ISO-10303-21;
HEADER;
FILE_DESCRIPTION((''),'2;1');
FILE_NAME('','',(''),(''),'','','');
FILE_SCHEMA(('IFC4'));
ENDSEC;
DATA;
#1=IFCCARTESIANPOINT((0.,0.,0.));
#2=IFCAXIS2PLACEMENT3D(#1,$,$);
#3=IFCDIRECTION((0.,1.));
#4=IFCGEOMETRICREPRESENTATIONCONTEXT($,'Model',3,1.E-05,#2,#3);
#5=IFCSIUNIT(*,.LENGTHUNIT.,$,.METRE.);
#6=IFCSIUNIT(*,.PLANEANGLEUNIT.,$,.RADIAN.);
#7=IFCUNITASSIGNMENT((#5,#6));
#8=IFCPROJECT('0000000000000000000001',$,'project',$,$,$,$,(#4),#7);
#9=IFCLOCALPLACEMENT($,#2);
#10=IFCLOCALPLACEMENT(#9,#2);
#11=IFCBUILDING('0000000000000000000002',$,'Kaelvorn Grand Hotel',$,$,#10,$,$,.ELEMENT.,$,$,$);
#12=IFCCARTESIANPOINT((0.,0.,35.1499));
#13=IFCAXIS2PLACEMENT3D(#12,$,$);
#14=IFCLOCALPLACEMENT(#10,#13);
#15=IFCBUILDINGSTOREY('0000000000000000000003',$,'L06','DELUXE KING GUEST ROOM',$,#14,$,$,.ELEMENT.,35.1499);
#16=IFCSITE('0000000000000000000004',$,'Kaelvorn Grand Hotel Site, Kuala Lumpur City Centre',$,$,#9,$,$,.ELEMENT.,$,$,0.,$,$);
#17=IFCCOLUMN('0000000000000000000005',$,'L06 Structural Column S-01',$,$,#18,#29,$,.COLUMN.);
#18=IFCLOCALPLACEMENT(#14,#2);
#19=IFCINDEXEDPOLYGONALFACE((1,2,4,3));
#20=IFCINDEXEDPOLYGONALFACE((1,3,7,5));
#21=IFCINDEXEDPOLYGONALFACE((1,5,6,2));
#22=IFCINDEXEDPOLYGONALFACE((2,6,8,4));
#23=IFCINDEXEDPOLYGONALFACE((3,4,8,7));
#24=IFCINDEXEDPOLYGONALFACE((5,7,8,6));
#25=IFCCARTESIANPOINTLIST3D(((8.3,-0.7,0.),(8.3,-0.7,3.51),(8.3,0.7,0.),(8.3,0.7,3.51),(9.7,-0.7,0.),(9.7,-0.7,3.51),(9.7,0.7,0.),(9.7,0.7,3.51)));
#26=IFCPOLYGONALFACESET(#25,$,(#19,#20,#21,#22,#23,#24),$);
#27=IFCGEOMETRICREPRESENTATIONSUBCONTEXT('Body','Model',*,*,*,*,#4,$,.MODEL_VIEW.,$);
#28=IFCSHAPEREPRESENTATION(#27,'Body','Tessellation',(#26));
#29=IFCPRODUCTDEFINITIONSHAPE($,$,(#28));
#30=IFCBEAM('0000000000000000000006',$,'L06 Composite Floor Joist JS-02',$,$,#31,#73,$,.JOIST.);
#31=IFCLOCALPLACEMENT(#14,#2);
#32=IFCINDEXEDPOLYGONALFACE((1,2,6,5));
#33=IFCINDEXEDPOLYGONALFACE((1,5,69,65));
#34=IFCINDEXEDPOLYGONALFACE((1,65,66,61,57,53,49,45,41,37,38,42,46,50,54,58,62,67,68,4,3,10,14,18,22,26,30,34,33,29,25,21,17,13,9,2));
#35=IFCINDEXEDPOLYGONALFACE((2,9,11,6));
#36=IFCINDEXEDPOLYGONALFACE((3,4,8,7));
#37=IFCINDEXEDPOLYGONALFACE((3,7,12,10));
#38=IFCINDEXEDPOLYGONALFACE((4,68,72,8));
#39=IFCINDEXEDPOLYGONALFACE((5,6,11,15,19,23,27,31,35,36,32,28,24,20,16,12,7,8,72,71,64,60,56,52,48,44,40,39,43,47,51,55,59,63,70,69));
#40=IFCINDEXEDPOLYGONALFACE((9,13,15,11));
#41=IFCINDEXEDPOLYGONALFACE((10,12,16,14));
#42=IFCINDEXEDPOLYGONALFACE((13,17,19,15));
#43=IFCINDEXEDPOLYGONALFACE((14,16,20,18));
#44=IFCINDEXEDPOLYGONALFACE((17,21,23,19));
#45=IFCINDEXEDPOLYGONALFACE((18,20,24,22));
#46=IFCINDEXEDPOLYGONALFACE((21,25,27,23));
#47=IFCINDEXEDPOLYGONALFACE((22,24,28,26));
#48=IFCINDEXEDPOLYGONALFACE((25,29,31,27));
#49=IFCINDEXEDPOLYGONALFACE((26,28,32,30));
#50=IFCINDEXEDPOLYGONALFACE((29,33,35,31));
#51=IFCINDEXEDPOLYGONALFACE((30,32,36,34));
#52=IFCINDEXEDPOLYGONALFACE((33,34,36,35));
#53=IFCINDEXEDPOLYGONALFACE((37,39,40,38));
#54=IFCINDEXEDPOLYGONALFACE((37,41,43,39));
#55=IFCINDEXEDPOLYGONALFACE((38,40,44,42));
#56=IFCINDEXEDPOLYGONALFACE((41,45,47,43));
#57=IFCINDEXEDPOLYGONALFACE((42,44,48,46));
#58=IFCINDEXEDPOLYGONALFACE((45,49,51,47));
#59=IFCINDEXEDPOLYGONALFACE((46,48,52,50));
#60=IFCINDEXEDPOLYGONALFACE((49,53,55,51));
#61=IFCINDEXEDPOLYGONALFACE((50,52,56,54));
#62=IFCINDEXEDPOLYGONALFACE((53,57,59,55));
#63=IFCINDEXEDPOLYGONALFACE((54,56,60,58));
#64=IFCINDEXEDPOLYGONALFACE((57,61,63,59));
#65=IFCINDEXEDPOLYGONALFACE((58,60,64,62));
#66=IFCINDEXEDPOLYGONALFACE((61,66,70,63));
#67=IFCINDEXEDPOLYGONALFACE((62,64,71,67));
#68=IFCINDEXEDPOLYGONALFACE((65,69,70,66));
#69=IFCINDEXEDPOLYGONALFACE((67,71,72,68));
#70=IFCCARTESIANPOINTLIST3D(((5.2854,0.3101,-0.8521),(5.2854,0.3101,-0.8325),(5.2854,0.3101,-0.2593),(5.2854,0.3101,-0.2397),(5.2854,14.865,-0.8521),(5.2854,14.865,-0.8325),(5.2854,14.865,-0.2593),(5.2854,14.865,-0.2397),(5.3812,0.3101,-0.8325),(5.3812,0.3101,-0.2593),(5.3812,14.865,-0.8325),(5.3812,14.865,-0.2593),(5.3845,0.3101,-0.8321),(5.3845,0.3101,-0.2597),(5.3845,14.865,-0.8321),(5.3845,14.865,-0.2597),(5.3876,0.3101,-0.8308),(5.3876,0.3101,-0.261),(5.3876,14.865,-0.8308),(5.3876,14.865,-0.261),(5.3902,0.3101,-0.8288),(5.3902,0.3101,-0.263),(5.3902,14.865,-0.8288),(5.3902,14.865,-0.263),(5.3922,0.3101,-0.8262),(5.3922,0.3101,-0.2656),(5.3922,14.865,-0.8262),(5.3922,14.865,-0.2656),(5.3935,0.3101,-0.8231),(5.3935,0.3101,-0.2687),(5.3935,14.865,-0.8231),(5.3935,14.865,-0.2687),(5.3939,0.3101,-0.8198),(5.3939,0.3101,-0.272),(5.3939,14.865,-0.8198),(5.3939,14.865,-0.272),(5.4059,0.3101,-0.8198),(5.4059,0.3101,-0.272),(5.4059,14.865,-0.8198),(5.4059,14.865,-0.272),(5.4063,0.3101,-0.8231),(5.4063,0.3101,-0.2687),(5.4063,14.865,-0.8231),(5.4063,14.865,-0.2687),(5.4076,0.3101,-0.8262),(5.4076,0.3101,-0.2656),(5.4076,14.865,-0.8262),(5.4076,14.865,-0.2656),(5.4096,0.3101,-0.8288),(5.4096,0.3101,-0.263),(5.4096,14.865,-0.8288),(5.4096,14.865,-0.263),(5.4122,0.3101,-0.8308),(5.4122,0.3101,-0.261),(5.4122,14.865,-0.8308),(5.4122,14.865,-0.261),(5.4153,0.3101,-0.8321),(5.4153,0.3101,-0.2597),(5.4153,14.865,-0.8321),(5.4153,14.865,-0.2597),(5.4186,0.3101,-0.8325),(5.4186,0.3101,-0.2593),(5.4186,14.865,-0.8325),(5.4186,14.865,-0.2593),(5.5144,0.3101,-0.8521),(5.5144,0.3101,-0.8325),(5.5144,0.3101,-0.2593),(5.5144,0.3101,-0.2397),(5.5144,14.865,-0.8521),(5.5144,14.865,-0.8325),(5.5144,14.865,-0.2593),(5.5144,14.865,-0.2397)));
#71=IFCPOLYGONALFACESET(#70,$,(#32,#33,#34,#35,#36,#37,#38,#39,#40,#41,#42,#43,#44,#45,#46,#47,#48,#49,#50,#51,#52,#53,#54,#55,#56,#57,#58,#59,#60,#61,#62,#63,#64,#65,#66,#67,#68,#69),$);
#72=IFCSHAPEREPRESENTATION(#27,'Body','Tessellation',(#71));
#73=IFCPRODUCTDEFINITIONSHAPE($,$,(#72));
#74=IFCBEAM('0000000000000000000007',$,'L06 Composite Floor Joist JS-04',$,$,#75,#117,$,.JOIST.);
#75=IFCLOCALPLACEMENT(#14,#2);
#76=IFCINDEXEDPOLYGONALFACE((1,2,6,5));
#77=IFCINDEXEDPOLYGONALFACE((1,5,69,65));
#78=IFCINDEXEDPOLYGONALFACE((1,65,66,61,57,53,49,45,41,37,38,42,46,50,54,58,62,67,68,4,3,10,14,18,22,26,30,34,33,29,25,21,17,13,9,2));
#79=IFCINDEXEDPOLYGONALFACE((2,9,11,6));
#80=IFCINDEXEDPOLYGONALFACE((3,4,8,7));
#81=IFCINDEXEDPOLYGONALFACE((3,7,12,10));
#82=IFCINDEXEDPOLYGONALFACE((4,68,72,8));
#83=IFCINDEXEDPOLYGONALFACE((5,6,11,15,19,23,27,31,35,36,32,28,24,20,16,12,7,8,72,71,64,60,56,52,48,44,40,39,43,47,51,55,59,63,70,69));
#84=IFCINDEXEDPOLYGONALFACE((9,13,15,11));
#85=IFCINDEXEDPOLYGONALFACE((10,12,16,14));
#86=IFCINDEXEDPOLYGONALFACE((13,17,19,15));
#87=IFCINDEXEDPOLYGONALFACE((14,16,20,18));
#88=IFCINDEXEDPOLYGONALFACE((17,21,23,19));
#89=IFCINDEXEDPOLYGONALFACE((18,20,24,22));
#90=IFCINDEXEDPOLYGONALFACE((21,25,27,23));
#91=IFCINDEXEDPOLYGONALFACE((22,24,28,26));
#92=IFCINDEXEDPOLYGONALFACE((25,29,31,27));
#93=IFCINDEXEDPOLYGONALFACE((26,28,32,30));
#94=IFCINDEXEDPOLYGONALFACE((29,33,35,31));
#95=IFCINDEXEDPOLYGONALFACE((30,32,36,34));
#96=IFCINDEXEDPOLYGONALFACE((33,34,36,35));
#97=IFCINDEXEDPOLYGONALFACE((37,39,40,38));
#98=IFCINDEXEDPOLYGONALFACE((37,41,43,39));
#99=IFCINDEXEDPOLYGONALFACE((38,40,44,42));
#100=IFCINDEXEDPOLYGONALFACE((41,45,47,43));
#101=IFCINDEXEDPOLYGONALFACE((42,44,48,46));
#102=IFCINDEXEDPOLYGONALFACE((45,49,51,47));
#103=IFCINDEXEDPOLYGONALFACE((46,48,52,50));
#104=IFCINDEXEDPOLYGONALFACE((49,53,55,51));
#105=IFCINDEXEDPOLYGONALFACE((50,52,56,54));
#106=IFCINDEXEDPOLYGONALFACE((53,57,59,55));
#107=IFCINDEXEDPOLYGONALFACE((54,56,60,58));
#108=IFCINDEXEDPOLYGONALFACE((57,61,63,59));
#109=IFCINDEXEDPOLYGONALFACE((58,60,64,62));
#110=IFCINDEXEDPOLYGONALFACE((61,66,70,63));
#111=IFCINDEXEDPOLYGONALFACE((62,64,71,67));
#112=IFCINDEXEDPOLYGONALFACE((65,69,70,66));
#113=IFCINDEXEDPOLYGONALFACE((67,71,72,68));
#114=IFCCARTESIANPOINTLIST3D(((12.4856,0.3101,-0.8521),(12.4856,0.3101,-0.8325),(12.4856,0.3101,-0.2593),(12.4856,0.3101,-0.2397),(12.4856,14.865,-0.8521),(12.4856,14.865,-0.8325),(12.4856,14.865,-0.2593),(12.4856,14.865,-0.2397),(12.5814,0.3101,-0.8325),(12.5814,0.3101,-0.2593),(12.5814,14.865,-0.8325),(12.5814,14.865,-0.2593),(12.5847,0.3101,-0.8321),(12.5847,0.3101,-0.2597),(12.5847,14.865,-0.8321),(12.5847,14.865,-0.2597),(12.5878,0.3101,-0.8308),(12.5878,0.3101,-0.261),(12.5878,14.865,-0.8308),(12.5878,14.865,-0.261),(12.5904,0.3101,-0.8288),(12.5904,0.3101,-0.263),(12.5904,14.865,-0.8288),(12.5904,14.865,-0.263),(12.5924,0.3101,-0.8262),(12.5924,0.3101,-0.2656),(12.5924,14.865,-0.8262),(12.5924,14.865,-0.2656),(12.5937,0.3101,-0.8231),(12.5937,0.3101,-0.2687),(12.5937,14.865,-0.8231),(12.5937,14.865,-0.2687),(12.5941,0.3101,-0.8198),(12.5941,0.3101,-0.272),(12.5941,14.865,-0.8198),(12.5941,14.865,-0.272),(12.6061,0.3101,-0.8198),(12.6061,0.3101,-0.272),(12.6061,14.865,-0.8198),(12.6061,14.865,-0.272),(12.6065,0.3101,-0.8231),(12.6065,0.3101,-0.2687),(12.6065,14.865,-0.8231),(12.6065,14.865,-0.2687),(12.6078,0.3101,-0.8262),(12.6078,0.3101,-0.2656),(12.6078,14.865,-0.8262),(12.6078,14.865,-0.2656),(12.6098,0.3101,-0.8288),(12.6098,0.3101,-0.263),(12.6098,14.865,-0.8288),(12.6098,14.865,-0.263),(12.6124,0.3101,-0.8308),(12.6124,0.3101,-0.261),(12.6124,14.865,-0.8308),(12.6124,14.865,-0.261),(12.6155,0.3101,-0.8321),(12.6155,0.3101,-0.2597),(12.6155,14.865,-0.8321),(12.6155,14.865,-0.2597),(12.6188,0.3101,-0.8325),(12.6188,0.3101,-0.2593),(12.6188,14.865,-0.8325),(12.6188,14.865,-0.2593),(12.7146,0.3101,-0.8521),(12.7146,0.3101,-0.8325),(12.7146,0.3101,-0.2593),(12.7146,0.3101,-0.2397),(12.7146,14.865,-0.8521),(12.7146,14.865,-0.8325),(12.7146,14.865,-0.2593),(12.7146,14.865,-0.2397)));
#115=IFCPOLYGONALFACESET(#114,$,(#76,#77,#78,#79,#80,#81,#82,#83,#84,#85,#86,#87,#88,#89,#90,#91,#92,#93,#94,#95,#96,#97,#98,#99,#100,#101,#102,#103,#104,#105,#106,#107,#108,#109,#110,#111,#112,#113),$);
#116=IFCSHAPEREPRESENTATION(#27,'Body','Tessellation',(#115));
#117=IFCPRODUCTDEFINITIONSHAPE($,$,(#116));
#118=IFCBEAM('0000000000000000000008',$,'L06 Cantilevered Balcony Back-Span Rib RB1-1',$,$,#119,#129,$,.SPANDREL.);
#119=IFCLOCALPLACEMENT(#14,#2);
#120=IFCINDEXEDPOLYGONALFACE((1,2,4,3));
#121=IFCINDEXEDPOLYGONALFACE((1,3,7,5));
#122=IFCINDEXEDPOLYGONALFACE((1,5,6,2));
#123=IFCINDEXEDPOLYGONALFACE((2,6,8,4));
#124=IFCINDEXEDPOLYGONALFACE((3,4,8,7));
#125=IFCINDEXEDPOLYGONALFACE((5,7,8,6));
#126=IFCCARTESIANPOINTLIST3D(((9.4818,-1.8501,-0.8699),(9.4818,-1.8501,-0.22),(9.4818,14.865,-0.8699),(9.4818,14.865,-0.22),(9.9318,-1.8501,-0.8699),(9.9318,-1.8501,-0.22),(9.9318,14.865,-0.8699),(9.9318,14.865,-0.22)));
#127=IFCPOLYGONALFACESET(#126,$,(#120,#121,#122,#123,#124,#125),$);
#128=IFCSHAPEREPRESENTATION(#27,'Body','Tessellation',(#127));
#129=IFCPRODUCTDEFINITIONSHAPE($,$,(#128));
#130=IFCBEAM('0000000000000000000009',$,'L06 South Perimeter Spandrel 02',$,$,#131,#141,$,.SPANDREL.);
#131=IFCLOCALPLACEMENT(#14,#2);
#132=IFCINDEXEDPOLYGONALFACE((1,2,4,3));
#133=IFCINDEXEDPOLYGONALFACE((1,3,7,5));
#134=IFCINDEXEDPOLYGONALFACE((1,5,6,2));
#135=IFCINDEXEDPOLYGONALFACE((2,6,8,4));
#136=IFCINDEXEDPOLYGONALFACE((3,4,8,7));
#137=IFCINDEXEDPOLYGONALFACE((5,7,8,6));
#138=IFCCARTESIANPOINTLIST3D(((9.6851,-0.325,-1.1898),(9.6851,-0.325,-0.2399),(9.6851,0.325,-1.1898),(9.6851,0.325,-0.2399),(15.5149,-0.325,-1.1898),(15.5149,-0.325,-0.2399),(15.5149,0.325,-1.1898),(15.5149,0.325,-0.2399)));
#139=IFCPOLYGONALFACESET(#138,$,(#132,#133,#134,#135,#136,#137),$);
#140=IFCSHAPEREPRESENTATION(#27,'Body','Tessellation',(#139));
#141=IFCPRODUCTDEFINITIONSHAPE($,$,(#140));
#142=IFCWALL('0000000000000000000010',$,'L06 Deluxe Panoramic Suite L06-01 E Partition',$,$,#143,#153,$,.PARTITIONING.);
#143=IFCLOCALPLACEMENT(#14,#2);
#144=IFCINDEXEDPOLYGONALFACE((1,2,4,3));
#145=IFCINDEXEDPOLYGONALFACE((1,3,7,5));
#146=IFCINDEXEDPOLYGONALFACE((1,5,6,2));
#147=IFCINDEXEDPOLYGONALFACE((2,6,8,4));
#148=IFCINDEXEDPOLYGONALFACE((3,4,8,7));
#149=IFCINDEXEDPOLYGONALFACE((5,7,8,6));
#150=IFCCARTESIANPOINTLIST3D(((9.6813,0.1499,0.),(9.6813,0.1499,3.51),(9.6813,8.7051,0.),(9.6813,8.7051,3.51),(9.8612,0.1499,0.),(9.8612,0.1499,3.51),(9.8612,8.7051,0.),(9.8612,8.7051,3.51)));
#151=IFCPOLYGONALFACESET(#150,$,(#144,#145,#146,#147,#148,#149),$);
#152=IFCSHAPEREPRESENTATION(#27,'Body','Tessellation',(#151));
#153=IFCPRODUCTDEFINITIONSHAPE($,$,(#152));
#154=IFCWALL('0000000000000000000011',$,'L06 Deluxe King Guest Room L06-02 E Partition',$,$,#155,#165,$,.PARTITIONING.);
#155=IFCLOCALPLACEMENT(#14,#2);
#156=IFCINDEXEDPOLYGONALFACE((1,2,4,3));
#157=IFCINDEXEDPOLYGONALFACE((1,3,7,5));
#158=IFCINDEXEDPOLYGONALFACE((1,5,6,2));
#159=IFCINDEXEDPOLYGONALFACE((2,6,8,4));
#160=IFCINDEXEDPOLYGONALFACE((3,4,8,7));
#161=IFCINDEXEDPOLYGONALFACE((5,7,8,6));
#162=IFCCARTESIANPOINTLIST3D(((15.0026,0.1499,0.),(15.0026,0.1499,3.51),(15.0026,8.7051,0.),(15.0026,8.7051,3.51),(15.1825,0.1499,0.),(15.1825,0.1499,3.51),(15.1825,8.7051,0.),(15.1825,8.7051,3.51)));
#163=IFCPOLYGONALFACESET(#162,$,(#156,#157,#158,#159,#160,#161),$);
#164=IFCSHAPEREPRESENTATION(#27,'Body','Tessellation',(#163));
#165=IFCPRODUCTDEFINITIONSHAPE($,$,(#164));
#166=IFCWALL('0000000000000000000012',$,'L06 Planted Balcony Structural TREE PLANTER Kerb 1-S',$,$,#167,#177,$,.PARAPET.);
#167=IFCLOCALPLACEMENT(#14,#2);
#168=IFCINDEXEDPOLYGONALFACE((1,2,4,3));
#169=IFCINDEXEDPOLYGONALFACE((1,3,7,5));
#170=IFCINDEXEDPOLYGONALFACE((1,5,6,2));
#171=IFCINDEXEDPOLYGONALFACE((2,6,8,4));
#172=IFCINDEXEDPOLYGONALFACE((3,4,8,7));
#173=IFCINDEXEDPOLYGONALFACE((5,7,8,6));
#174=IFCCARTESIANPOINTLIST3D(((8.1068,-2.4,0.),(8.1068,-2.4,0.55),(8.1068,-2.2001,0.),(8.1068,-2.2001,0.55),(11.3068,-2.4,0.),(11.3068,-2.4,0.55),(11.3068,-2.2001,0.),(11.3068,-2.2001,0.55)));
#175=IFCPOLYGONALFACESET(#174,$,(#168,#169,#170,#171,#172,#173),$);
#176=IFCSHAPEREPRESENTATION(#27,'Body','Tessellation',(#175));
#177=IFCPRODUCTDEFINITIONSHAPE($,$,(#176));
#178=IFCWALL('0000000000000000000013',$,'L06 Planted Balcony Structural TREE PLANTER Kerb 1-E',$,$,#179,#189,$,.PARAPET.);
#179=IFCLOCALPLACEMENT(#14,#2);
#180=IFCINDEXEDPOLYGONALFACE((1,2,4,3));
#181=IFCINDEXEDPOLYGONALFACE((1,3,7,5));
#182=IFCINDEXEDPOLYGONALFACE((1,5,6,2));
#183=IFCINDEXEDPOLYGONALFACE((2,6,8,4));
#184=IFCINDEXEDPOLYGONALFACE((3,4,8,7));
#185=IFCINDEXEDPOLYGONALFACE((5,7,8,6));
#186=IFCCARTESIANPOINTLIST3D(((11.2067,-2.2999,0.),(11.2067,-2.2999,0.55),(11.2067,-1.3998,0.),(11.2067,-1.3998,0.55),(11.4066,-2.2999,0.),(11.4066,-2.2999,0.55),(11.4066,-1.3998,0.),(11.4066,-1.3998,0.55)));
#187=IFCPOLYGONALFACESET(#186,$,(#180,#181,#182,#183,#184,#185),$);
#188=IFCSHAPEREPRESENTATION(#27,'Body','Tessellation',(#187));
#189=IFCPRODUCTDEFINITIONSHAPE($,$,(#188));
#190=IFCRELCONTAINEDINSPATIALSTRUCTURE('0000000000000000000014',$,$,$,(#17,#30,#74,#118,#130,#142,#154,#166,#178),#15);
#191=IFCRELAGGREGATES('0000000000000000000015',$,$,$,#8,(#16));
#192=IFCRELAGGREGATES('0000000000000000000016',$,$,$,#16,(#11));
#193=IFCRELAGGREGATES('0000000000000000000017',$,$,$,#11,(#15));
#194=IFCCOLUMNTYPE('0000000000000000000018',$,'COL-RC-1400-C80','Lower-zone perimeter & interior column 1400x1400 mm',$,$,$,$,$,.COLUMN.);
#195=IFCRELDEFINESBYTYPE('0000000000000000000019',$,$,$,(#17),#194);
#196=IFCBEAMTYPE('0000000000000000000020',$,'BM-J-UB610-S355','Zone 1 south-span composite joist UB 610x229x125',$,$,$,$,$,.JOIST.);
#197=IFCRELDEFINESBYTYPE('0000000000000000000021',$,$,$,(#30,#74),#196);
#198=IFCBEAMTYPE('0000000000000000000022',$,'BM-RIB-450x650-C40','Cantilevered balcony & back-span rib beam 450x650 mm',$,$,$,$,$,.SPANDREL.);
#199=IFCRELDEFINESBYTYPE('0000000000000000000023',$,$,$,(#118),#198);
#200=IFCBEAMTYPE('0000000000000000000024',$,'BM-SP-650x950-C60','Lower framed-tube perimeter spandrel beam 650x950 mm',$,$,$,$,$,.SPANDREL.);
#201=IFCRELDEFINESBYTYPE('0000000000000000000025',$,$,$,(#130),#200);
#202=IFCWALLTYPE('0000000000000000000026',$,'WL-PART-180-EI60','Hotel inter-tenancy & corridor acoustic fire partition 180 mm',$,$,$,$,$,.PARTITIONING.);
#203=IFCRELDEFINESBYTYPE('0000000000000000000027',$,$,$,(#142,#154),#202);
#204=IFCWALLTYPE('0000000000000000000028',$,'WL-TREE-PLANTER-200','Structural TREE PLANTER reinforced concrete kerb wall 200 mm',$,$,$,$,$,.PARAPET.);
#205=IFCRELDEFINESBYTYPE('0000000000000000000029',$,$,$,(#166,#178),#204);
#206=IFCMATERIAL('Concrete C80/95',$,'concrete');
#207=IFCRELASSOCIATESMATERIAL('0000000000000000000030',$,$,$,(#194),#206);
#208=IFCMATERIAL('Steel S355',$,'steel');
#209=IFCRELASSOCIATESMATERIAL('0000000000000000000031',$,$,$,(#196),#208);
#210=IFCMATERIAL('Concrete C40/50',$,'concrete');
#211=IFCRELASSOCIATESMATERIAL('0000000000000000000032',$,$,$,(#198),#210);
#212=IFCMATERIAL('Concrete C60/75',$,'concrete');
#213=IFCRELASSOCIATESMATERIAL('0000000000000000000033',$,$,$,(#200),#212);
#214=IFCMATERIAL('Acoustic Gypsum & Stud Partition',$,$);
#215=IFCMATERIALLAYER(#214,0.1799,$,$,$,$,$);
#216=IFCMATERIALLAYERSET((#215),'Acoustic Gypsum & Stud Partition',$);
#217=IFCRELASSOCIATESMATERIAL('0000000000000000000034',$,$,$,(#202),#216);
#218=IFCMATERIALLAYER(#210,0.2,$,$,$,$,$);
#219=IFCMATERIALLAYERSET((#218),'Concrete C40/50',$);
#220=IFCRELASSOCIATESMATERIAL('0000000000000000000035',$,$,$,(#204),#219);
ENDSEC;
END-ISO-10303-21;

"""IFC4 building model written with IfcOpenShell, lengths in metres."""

from ifc_helpers import new_model, si_unit, direction, frame, frame_2d, origin, origin_2d, place, context, subcontext, project, spatial, rectangle, i_section, extrude, material, layer, layer_set, material_profile, profile_set, type_object, element, save


model = new_model("IFC4")

# Units and contexts
model_context = context("Model", 3, precision=1e-05, world=origin(), true_north=direction((0.0, 1.0)))
body_context = subcontext(model_context, "Body", "Model", "MODEL_VIEW")
ifc_project = project(units=[si_unit("LENGTHUNIT", "METRE"), si_unit("PLANEANGLEUNIT", "RADIAN")], contexts=[model_context])

# Site, building, storey
site_placement = place(None, origin())
site = spatial("IfcSite", under=ifc_project, at=site_placement, Name="Kaelvorn Grand Hotel Site, Kuala Lumpur City Centre", CompositionType="ELEMENT", RefElevation=0.0)
building_placement = place(site_placement, origin())
building = spatial("IfcBuilding", under=site, at=building_placement, Name="Kaelvorn Grand Hotel", CompositionType="ELEMENT")
storey_placement = place(building_placement, frame((0.0, 0.0, 35.1499)))
storey = spatial("IfcBuildingStorey", under=building, at=storey_placement, Name="L06", Description="DELUXE KING GUEST ROOM", CompositionType="ELEMENT", Elevation=35.1499)

# Column
ifc_material_1 = material(Name="Concrete C80/95", Category="concrete")
ifc_material_profile_1 = material_profile(ifc_material_1, rectangle(XDim=1.3999, YDim=1.3999, at=origin_2d()), Name="RC COL 1400x1400")
ifc_profile_set_1 = profile_set([ifc_material_profile_1], Name="Concrete C80/95")
column_type = type_object("IfcColumnType", Name="COL-RC-1400-C80", Description="Lower-zone perimeter & interior column 1400x1400 mm", PredefinedType="COLUMN", material=ifc_profile_set_1)
column_placement = place(storey_placement, frame((9.0, 0.0, 0.0), z_axis=(0.0, 0.0, 1.0), x_axis=(1.0, 0.0, 0.0)))
element("IfcColumn", 1, at=column_placement, inside=storey, type_object=column_type, Name="L06 Structural Column S-01", PredefinedType="COLUMN", context=body_context, shape_type="SweptSolid", body=[
    extrude(rectangle(XDim=1.3999, YDim=1.3999, at=origin_2d()), origin(), (0.0, 0.0, 1.0), 3.51),
])

# Beams
ifc_material_2 = material(Name="Steel S355", Category="steel")
ifc_material_profile_2 = material_profile(ifc_material_2, i_section(OverallWidth=0.229, OverallDepth=0.6123, WebThickness=0.012, FlangeThickness=0.0195, FilletRadius=0.0127, at=origin_2d()), Name="UB 610x229x125")
ifc_profile_set_2 = profile_set([ifc_material_profile_2], Name="Steel S355")
beam_type_1 = type_object("IfcBeamType", Name="BM-J-UB610-S355", Description="Zone 1 south-span composite joist UB 610x229x125", PredefinedType="JOIST", material=ifc_profile_set_2)
for number, where, z_axis, x_axis, name in (
    (2, (5.3999, 0.3101, -0.5459), (0.0, 1.0, 0.0), (-1.0, 0.0, 0.0), "L06 Composite Floor Joist JS-02"),
    (3, (12.6001, 0.3101, -0.5459), (0.0, 1.0, 0.0), (-1.0, 0.0, 0.0), "L06 Composite Floor Joist JS-04"),
):
    element("IfcBeam", number, at=place(storey_placement, frame(where, z_axis=z_axis, x_axis=x_axis)), inside=storey, type_object=beam_type_1, Name=name, PredefinedType="JOIST", context=body_context, shape_type="SweptSolid", body=[
        extrude(i_section(OverallWidth=0.229, OverallDepth=0.6123, WebThickness=0.012, FlangeThickness=0.0195, FilletRadius=0.0127, at=origin_2d()), origin(), (0.0, 0.0, 1.0), 14.5549),
    ])
ifc_material_3 = material(Name="Concrete C40/50", Category="concrete")
ifc_material_profile_3 = material_profile(ifc_material_3, rectangle(XDim=0.45, YDim=0.6499, at=origin_2d()), Name="RC RIB 450x650")
ifc_profile_set_3 = profile_set([ifc_material_profile_3], Name="Concrete C40/50")
beam_type_2 = type_object("IfcBeamType", Name="BM-RIB-450x650-C40", Description="Cantilevered balcony & back-span rib beam 450x650 mm", PredefinedType="SPANDREL", material=ifc_profile_set_3)
beam_1_placement = place(storey_placement, frame((9.7068, -1.8501, -0.5449), z_axis=(0.0, 1.0, 0.0), x_axis=(-1.0, 0.0, 0.0)))
element("IfcBeam", 4, at=beam_1_placement, inside=storey, type_object=beam_type_2, Name="L06 Cantilevered Balcony Back-Span Rib RB1-1", PredefinedType="SPANDREL", context=body_context, shape_type="SweptSolid", body=[
    extrude(rectangle(XDim=0.45, YDim=0.6499, at=origin_2d()), origin(), (0.0, 0.0, 1.0), 16.7151),
])
ifc_material_4 = material(Name="Concrete C60/75", Category="concrete")
ifc_material_profile_4 = material_profile(ifc_material_4, rectangle(XDim=0.6499, YDim=0.95, at=origin_2d()), Name="RC SPANDREL 650x950")
ifc_profile_set_4 = profile_set([ifc_material_profile_4], Name="Concrete C60/75")
beam_type_3 = type_object("IfcBeamType", Name="BM-SP-650x950-C60", Description="Lower framed-tube perimeter spandrel beam 650x950 mm", PredefinedType="SPANDREL", material=ifc_profile_set_4)
beam_2_placement = place(storey_placement, frame((9.6851, 0.0, -0.7148), z_axis=(1.0, 0.0, 0.0), x_axis=(0.0, 1.0, 0.0)))
element("IfcBeam", 5, at=beam_2_placement, inside=storey, type_object=beam_type_3, Name="L06 South Perimeter Spandrel 02", PredefinedType="SPANDREL", context=body_context, shape_type="SweptSolid", body=[
    extrude(rectangle(XDim=0.6499, YDim=0.95, at=origin_2d()), origin(), (0.0, 0.0, 1.0), 5.8298),
])

# Walls
ifc_material_5 = material(Name="Acoustic Gypsum & Stud Partition")
ifc_layer_1 = layer(ifc_material_5, 0.1799)
ifc_layer_set_1 = layer_set([ifc_layer_1], Name="Acoustic Gypsum & Stud Partition")
wall_type_1 = type_object("IfcWallType", Name="WL-PART-180-EI60", Description="Hotel inter-tenancy & corridor acoustic fire partition 180 mm", PredefinedType="PARTITIONING", material=ifc_layer_set_1)
for number, where, z_axis, x_axis, name in (
    (6, (9.7712, 0.1499, 0.0), (0.0, 0.0, 1.0), (0.0, 1.0, 0.0), "L06 Deluxe Panoramic Suite L06-01 E Partition"),
    (7, (15.0925, 0.1499, 0.0), (0.0, 0.0, 1.0), (0.0, 1.0, 0.0), "L06 Deluxe King Guest Room L06-02 E Partition"),
):
    element("IfcWall", number, at=place(storey_placement, frame(where, z_axis=z_axis, x_axis=x_axis)), inside=storey, type_object=wall_type_1, Name=name, PredefinedType="PARTITIONING", context=body_context, shape_type="SweptSolid", body=[
        extrude(rectangle(XDim=8.5552, YDim=0.1799, at=frame_2d((4.2776, 0.0))), origin(), (0.0, 0.0, 1.0), 3.51),
    ])
ifc_layer_2 = layer(ifc_material_3, 0.2)
ifc_layer_set_2 = layer_set([ifc_layer_2], Name="Concrete C40/50")
wall_type_2 = type_object("IfcWallType", Name="WL-TREE-PLANTER-200", Description="Structural TREE PLANTER reinforced concrete kerb wall 200 mm", PredefinedType="PARAPET", material=ifc_layer_set_2)
wall_1_placement = place(storey_placement, frame((8.1067, -2.3, 0.0), z_axis=(0.0, 0.0, 1.0), x_axis=(1.0, 0.0, 0.0)))
element("IfcWall", 8, at=wall_1_placement, inside=storey, type_object=wall_type_2, Name="L06 Planted Balcony Structural TREE PLANTER Kerb 1-S", PredefinedType="PARAPET", context=body_context, shape_type="SweptSolid", body=[
    extrude(rectangle(XDim=3.2, YDim=0.2, at=frame_2d((1.6001, 0.0))), origin(), (0.0, 0.0, 1.0), 0.55),
])
wall_2_placement = place(storey_placement, frame((11.3066, -2.3, 0.0), z_axis=(0.0, 0.0, 1.0), x_axis=(0.0, 1.0, 0.0)))
element("IfcWall", 9, at=wall_2_placement, inside=storey, type_object=wall_type_2, Name="L06 Planted Balcony Structural TREE PLANTER Kerb 1-E", PredefinedType="PARAPET", context=body_context, shape_type="SweptSolid", body=[
    extrude(rectangle(XDim=0.9001, YDim=0.2, at=frame_2d((0.4502, 0.0))), origin(), (0.0, 0.0, 1.0), 0.55),
])

save(model, "model.ifc")
